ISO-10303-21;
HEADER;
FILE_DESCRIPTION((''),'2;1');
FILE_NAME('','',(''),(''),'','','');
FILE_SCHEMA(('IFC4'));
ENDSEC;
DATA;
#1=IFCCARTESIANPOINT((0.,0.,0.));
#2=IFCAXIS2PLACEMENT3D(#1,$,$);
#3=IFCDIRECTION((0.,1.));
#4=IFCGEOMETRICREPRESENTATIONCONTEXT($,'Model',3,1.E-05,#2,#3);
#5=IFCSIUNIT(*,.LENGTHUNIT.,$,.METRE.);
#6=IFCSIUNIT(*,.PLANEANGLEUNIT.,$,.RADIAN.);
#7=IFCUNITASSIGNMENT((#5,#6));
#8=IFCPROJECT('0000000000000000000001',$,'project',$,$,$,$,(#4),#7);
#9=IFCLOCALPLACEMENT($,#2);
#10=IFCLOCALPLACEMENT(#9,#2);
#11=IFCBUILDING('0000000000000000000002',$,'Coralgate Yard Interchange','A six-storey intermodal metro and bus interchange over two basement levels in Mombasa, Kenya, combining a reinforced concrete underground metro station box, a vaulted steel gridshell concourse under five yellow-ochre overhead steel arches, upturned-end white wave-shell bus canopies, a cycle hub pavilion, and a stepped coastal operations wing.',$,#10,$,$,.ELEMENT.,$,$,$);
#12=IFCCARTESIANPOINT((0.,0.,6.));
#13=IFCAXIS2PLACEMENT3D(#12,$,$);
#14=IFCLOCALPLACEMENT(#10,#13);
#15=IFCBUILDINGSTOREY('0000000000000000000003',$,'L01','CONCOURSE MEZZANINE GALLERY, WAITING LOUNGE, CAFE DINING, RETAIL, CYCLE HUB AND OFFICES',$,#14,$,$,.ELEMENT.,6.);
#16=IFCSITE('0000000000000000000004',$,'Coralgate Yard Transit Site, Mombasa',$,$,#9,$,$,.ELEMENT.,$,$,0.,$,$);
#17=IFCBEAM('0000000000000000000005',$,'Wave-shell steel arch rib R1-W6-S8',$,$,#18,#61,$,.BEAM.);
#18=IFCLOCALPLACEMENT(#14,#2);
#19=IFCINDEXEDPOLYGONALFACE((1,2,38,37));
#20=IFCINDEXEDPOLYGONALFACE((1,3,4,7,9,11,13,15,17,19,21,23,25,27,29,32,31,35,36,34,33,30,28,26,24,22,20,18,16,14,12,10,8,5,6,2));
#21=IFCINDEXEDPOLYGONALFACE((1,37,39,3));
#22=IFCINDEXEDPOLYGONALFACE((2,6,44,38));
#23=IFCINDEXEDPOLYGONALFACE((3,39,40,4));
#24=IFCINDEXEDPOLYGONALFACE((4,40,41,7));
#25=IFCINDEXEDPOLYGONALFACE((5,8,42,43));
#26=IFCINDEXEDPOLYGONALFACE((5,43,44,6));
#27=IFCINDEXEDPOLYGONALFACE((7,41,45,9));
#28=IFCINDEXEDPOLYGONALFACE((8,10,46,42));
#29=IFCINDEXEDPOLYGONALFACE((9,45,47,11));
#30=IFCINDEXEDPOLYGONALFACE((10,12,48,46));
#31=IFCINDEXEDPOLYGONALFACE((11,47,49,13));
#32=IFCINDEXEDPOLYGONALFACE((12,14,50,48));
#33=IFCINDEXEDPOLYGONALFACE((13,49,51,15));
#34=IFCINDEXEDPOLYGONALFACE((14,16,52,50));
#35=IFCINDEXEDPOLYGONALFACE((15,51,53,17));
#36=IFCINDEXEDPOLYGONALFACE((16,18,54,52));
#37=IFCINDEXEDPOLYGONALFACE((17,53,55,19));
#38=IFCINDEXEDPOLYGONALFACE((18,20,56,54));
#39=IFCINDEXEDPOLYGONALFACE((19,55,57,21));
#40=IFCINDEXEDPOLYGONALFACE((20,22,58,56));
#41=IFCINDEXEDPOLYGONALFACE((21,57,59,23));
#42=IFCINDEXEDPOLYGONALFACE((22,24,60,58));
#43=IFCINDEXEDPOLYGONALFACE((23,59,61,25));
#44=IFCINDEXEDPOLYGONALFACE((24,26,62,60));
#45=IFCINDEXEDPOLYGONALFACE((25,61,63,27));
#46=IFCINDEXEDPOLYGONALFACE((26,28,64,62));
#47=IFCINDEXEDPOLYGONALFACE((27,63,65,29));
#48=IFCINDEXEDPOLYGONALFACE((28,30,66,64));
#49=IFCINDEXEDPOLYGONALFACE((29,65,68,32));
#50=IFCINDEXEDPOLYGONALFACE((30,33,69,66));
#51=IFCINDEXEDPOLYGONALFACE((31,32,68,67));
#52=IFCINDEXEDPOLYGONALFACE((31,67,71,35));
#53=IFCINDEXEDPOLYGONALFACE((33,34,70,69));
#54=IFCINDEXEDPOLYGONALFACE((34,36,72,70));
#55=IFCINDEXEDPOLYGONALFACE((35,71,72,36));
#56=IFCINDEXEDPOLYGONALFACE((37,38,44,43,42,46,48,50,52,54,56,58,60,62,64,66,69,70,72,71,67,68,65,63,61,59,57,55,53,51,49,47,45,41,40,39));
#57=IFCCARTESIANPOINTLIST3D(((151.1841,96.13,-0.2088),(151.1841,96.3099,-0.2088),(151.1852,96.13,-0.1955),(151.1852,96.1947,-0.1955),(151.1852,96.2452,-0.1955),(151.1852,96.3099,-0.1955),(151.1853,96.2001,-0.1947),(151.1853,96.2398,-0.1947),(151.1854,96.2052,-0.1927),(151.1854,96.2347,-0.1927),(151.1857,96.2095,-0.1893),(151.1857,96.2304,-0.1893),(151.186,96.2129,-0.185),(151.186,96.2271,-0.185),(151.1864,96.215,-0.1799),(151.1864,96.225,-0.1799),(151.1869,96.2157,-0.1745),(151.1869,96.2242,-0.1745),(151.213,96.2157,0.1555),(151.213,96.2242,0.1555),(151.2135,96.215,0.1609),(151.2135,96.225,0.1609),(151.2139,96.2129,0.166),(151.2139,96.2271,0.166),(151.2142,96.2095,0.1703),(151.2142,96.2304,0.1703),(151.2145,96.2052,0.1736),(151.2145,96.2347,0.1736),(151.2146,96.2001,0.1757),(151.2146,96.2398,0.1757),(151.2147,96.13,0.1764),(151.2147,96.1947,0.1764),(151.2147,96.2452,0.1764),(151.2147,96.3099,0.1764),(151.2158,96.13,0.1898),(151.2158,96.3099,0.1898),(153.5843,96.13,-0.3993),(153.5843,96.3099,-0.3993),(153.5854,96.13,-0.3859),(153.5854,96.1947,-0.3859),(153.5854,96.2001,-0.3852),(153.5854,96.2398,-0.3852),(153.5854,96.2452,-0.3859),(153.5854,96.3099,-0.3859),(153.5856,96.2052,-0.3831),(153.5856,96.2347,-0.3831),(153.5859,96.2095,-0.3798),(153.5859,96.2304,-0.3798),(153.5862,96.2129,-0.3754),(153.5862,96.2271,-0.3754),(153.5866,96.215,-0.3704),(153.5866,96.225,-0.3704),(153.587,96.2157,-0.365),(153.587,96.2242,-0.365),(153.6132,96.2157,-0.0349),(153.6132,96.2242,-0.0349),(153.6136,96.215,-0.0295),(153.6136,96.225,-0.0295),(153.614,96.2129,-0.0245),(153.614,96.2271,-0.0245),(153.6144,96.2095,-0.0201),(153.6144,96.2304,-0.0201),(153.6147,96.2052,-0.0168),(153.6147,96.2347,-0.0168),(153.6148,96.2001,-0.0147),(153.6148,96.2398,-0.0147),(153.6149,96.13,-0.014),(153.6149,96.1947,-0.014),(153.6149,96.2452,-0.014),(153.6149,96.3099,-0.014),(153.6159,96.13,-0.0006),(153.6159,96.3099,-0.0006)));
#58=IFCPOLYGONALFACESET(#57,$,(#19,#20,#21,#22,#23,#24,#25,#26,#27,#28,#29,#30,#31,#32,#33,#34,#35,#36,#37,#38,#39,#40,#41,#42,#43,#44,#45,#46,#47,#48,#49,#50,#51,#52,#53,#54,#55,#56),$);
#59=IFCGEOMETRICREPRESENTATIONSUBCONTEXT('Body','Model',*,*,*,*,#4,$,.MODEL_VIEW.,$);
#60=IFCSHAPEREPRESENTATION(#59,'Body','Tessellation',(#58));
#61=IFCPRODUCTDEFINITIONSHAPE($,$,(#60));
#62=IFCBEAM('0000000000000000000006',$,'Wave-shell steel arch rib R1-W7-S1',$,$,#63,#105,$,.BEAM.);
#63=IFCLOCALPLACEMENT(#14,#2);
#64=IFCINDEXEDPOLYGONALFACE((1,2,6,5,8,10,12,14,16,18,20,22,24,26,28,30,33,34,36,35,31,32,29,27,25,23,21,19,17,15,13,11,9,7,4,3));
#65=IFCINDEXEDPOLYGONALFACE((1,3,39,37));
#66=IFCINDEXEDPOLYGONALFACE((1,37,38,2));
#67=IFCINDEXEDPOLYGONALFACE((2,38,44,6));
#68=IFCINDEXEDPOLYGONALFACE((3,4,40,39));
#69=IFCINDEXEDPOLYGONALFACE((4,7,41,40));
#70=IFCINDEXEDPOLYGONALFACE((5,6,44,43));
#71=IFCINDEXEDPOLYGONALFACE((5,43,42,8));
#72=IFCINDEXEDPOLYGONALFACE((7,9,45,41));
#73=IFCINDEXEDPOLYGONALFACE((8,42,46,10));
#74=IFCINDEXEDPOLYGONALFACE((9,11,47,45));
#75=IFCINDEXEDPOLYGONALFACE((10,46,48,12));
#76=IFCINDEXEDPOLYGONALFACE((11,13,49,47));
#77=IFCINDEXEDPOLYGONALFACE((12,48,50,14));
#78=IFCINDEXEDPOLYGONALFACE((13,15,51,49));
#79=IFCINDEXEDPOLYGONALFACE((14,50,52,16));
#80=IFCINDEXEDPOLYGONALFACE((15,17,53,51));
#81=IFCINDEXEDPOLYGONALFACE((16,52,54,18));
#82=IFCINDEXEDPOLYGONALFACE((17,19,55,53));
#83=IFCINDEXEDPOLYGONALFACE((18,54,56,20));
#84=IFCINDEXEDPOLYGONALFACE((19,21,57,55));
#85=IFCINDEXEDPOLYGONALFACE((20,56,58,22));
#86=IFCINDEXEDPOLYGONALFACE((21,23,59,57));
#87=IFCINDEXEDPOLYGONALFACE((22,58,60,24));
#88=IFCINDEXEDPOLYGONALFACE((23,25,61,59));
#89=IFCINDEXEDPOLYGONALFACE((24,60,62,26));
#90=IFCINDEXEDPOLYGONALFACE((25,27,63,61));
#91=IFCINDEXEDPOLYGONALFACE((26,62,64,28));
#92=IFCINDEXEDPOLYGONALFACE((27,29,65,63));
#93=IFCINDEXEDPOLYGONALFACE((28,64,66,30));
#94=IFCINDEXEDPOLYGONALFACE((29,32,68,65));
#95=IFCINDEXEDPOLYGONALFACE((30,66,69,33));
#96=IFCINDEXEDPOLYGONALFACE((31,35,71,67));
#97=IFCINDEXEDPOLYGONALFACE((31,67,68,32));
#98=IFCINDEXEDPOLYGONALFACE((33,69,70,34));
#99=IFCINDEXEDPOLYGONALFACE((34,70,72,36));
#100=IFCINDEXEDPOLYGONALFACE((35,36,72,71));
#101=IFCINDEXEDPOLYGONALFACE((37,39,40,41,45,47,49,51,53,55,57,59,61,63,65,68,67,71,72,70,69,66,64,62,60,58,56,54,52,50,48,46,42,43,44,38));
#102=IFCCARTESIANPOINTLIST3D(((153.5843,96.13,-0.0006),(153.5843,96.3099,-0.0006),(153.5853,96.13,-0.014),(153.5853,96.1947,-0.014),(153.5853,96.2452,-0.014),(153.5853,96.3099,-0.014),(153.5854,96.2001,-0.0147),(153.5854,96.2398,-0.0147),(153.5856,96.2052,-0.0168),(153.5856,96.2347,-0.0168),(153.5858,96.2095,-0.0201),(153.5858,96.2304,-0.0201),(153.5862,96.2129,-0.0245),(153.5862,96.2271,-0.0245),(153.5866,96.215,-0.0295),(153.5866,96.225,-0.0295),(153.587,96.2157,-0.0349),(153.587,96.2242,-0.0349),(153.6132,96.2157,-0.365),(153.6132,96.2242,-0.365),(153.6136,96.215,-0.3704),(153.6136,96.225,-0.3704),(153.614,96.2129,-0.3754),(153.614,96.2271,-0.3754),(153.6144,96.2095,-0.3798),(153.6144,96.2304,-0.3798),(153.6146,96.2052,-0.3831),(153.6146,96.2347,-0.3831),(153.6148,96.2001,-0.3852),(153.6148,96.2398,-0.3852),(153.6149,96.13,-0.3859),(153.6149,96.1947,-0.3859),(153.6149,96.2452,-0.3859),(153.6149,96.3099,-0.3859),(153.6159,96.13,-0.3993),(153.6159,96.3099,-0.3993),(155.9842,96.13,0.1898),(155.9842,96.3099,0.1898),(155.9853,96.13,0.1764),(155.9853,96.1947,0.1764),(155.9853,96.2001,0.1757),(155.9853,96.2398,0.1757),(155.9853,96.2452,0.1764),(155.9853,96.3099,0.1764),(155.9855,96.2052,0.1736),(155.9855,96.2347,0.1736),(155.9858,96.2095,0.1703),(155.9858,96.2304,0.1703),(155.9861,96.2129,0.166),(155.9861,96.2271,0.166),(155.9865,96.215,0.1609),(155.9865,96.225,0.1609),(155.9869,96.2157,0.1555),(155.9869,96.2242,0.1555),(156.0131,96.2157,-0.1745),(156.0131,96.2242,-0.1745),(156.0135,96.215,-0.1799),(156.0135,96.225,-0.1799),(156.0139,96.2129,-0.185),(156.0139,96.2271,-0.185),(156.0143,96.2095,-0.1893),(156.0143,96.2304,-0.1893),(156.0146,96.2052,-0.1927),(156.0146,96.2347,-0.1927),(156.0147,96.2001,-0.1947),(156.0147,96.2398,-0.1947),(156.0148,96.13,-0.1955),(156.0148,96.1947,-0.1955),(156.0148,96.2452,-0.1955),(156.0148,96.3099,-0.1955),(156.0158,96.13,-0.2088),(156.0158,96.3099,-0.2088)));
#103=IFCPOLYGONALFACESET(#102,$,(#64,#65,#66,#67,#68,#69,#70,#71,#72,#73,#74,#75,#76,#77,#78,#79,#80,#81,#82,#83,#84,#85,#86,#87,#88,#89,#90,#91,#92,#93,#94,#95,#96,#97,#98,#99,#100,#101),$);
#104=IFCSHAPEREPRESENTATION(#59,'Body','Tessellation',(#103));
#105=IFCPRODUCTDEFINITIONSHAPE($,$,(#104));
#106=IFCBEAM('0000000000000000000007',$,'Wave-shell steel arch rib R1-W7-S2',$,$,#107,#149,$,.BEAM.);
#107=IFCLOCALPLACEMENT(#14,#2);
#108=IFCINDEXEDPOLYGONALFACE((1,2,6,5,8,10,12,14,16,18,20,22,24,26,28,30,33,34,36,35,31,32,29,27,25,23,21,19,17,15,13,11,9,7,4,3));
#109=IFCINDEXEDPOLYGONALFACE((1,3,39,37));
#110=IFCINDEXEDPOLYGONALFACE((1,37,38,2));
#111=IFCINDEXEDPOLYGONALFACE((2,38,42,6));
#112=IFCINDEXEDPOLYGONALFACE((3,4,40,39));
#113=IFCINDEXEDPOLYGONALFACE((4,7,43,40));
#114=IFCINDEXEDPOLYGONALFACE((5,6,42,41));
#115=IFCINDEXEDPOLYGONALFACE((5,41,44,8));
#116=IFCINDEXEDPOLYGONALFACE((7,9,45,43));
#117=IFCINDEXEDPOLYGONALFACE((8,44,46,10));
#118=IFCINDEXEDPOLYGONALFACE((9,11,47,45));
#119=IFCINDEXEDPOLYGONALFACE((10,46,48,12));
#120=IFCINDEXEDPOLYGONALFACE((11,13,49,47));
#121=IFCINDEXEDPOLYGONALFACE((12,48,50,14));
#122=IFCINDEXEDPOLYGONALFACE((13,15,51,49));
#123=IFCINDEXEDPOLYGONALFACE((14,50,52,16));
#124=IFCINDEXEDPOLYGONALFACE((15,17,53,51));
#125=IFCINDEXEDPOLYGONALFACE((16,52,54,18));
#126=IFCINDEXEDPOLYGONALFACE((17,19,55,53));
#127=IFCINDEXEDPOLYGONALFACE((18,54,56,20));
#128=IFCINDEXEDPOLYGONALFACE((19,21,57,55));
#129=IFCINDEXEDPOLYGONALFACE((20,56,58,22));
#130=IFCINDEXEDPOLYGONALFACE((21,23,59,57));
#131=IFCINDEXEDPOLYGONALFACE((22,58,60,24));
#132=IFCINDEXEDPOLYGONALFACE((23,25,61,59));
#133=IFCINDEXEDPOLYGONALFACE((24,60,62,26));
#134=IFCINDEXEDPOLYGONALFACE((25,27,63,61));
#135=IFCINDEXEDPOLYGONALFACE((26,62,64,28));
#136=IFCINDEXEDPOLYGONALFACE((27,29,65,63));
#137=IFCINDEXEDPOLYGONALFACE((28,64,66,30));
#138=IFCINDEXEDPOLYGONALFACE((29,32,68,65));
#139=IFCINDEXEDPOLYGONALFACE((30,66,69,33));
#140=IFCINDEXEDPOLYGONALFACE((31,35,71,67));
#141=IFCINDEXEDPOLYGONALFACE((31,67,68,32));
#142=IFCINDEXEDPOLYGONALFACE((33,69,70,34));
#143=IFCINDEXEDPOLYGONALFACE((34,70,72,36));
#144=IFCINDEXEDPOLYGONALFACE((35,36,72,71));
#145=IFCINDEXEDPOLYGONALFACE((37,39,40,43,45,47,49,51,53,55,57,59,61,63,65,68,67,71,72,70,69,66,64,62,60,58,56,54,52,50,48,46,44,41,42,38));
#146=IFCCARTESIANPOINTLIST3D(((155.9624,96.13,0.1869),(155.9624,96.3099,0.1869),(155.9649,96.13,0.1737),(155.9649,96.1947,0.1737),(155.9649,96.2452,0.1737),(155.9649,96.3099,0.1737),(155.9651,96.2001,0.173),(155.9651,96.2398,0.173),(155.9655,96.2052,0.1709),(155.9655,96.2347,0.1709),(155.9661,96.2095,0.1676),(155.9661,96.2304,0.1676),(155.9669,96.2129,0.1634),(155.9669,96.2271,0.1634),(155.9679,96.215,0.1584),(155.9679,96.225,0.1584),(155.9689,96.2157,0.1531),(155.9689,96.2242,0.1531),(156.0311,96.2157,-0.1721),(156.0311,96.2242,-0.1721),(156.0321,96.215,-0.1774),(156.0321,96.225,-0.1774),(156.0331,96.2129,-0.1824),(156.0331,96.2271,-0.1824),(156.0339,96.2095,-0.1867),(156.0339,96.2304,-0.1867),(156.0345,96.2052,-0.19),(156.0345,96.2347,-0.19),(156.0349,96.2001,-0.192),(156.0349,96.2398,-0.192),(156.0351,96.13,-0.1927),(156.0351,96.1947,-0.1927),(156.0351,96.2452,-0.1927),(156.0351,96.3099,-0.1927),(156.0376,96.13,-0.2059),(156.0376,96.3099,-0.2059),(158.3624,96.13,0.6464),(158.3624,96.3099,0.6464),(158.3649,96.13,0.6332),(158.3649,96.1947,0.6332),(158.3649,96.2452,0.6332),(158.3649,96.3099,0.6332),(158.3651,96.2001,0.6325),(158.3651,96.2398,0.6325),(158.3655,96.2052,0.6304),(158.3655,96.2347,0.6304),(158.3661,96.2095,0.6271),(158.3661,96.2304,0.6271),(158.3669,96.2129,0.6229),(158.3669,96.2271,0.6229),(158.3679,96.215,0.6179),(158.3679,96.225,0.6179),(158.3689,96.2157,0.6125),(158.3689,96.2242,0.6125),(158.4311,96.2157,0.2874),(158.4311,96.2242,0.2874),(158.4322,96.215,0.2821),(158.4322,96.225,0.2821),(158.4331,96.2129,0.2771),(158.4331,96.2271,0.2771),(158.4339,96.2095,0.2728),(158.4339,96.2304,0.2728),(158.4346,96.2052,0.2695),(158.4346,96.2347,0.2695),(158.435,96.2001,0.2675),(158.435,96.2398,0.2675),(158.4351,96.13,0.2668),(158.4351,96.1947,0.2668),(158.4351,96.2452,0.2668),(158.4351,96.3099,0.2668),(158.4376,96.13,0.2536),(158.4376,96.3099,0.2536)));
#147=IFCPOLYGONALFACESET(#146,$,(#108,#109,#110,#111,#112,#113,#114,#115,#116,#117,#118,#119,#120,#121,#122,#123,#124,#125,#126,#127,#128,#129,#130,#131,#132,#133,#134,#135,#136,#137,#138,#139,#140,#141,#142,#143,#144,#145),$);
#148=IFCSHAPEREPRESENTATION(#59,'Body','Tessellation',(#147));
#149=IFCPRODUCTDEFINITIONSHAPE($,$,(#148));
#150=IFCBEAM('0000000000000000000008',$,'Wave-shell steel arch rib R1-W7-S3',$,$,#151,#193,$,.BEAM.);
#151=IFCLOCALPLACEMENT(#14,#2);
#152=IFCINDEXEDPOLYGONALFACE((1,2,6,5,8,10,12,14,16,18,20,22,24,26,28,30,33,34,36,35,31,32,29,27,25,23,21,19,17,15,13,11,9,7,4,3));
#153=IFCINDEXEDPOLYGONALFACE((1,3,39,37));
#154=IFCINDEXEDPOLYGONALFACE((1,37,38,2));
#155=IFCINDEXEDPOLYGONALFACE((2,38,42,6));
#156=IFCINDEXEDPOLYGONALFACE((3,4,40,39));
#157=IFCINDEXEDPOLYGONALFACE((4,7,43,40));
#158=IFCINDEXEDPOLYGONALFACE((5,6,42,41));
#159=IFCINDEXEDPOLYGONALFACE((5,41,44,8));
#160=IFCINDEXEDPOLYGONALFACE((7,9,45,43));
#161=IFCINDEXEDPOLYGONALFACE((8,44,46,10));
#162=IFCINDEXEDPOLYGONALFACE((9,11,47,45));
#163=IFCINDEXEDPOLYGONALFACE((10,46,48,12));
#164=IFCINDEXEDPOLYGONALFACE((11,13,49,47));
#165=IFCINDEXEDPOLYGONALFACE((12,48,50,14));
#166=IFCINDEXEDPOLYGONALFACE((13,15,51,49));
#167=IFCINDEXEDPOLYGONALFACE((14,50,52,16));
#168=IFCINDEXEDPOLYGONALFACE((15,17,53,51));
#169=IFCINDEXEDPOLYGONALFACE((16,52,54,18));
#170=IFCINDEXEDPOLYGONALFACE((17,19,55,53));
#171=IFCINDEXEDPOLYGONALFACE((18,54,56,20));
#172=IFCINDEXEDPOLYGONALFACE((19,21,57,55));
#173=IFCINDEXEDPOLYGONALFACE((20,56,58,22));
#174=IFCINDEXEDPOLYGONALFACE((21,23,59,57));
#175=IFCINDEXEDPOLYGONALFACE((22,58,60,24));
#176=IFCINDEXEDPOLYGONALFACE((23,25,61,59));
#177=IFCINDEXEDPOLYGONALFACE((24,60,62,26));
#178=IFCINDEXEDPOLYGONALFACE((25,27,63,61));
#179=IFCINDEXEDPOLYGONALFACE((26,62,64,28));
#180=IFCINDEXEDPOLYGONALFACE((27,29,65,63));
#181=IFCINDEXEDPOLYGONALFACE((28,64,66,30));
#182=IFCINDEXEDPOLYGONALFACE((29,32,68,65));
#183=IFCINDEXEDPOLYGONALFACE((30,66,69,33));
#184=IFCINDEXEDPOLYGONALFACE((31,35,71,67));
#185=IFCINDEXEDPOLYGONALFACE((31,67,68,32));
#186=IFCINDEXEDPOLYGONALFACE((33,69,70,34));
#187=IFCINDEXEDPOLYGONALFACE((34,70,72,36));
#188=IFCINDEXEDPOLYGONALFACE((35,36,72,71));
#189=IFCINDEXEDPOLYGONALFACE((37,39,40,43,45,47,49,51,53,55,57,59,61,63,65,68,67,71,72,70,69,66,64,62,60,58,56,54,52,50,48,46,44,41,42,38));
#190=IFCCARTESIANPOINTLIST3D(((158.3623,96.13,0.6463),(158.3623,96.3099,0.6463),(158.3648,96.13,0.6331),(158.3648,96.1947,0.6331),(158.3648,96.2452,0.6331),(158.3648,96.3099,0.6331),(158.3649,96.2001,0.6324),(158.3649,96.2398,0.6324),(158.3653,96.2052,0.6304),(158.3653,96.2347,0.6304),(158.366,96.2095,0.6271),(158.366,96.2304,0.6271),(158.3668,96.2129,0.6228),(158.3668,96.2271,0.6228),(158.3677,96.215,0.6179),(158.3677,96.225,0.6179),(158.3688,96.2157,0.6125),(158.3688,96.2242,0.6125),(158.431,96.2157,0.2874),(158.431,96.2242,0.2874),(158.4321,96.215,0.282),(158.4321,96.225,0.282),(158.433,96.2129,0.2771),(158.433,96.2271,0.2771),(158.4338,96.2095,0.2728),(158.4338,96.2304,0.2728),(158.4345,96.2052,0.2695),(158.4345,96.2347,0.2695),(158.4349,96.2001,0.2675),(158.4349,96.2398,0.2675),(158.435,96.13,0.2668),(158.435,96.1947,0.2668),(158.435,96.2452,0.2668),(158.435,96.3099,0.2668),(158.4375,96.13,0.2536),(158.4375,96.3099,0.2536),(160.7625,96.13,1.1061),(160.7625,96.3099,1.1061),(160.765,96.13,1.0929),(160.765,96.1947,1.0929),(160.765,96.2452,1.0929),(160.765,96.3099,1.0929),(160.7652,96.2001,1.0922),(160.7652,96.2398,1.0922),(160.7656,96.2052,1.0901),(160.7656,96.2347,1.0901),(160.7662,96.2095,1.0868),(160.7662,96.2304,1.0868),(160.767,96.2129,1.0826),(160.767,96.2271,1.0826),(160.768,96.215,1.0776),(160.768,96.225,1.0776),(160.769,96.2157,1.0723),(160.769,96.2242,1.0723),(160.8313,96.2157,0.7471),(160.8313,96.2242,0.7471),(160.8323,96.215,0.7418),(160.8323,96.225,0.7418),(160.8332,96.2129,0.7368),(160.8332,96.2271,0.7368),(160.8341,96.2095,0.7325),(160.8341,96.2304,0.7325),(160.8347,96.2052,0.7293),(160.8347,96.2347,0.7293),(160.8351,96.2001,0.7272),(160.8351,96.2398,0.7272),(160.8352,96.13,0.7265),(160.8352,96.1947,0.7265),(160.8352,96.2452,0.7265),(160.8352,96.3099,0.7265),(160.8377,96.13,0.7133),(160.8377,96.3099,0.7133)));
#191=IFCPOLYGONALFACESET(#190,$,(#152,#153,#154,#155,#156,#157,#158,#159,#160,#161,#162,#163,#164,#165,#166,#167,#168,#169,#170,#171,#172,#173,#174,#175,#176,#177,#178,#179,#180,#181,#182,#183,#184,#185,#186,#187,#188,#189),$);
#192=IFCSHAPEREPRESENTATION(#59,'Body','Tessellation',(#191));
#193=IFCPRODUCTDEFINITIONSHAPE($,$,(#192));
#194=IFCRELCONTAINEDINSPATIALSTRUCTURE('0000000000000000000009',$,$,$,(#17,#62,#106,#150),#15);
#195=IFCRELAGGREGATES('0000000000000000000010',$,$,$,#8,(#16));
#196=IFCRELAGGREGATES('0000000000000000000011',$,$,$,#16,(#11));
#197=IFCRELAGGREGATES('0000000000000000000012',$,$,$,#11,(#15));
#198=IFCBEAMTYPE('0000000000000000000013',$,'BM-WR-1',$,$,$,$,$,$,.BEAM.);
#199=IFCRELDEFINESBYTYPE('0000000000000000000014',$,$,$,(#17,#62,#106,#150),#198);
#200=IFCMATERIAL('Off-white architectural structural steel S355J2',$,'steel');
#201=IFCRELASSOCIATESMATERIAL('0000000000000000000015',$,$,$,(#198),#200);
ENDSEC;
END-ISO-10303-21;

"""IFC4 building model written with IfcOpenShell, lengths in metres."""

from ifc_helpers import new_model, si_unit, direction, frame, origin, origin_2d, place, context, subcontext, project, spatial, i_section, extrude, material, material_profile, profile_set, type_object, element, save


model = new_model("IFC4")

# Units and contexts
model_context = context("Model", 3, precision=1e-05, world=origin(), true_north=direction((0.0, 1.0)))
body_context = subcontext(model_context, "Body", "Model", "MODEL_VIEW")
ifc_project = project(units=[si_unit("LENGTHUNIT", "METRE"), si_unit("PLANEANGLEUNIT", "RADIAN")], contexts=[model_context])

# Site, building, storey
site_placement = place(None, origin())
site = spatial("IfcSite", under=ifc_project, at=site_placement, Name="Coralgate Yard Transit Site, Mombasa", CompositionType="ELEMENT", RefElevation=0.0)
building_placement = place(site_placement, origin())
building = spatial("IfcBuilding", under=site, at=building_placement, Name="Coralgate Yard Interchange", Description="A six-storey intermodal metro and bus interchange over two basement levels in Mombasa, Kenya, combining a reinforced concrete underground metro station box, a vaulted steel gridshell concourse under five yellow-ochre overhead steel arches, upturned-end white wave-shell bus canopies, a cycle hub pavilion, and a stepped coastal operations wing.", CompositionType="ELEMENT")
storey_placement = place(building_placement, frame((0.0, 0.0, 6.0)))
storey = spatial("IfcBuildingStorey", under=building, at=storey_placement, Name="L01", Description="CONCOURSE MEZZANINE GALLERY, WAITING LOUNGE, CAFE DINING, RETAIL, CYCLE HUB AND OFFICES", CompositionType="ELEMENT", Elevation=6.0)

# Beams
ifc_material_1 = material(Name="Off-white architectural structural steel S355J2", Category="steel")
ifc_material_profile_1 = material_profile(ifc_material_1, i_section(OverallWidth=0.1799, OverallDepth=0.3999, WebThickness=0.0085, FlangeThickness=0.0134, FilletRadius=0.021, at=origin_2d()), Name="IPE 400")
ifc_profile_set_1 = profile_set([ifc_material_profile_1], Name="Off-white architectural structural steel S355J2")
beam_type_1 = type_object("IfcBeamType", Name="BM-WR-1", PredefinedType="BEAM", material=ifc_profile_set_1)
beam_1_placement = place(storey_placement, frame((151.2, 96.22, -0.0095), z_axis=(0.996867, 0.0, -0.079092), x_axis=(0.0, 1.0, 0.0)))
element("IfcBeam", 1, at=beam_1_placement, inside=storey, type_object=beam_type_1, Name="Wave-shell steel arch rib R1-W6-S8", PredefinedType="BEAM", context=body_context, shape_type="SweptSolid", body=[
    extrude(i_section(OverallWidth=0.1799, OverallDepth=0.3999, WebThickness=0.0085, FlangeThickness=0.0134, FilletRadius=0.021, at=origin_2d()), origin(), (0.0, 0.0, 1.0), 2.4077),
])
beam_2_placement = place(storey_placement, frame((153.6001, 96.22, -0.2), z_axis=(0.996867, 0.0, 0.0791), x_axis=(0.0, 1.0, 0.0)))
element("IfcBeam", 2, at=beam_2_placement, inside=storey, type_object=beam_type_1, Name="Wave-shell steel arch rib R1-W7-S1", PredefinedType="BEAM", context=body_context, shape_type="SweptSolid", body=[
    extrude(i_section(OverallWidth=0.1799, OverallDepth=0.3999, WebThickness=0.0085, FlangeThickness=0.0134, FilletRadius=0.021, at=origin_2d()), origin(), (0.0, 0.0, 1.0), 2.4075),
])
beam_3_placement = place(storey_placement, frame((156.0, 96.22, -0.0095), z_axis=(0.982161, 0.0, 0.188039), x_axis=(0.0, 1.0, 0.0)))
element("IfcBeam", 3, at=beam_3_placement, inside=storey, type_object=beam_type_1, Name="Wave-shell steel arch rib R1-W7-S2", PredefinedType="BEAM", context=body_context, shape_type="SweptSolid", body=[
    extrude(i_section(OverallWidth=0.1799, OverallDepth=0.3999, WebThickness=0.0085, FlangeThickness=0.0134, FilletRadius=0.021, at=origin_2d()), origin(), (0.0, 0.0, 1.0), 2.4436),
])
beam_4_placement = place(storey_placement, frame((158.3999, 96.22, 0.45), z_axis=(0.982147, 0.0, 0.188117), x_axis=(0.0, 1.0, 0.0)))
element("IfcBeam", 4, at=beam_4_placement, inside=storey, type_object=beam_type_1, Name="Wave-shell steel arch rib R1-W7-S3", PredefinedType="BEAM", context=body_context, shape_type="SweptSolid", body=[
    extrude(i_section(OverallWidth=0.1799, OverallDepth=0.3999, WebThickness=0.0085, FlangeThickness=0.0134, FilletRadius=0.021, at=origin_2d()), origin(), (0.0, 0.0, 1.0), 2.4438),
])

save(model, "model.ifc")
